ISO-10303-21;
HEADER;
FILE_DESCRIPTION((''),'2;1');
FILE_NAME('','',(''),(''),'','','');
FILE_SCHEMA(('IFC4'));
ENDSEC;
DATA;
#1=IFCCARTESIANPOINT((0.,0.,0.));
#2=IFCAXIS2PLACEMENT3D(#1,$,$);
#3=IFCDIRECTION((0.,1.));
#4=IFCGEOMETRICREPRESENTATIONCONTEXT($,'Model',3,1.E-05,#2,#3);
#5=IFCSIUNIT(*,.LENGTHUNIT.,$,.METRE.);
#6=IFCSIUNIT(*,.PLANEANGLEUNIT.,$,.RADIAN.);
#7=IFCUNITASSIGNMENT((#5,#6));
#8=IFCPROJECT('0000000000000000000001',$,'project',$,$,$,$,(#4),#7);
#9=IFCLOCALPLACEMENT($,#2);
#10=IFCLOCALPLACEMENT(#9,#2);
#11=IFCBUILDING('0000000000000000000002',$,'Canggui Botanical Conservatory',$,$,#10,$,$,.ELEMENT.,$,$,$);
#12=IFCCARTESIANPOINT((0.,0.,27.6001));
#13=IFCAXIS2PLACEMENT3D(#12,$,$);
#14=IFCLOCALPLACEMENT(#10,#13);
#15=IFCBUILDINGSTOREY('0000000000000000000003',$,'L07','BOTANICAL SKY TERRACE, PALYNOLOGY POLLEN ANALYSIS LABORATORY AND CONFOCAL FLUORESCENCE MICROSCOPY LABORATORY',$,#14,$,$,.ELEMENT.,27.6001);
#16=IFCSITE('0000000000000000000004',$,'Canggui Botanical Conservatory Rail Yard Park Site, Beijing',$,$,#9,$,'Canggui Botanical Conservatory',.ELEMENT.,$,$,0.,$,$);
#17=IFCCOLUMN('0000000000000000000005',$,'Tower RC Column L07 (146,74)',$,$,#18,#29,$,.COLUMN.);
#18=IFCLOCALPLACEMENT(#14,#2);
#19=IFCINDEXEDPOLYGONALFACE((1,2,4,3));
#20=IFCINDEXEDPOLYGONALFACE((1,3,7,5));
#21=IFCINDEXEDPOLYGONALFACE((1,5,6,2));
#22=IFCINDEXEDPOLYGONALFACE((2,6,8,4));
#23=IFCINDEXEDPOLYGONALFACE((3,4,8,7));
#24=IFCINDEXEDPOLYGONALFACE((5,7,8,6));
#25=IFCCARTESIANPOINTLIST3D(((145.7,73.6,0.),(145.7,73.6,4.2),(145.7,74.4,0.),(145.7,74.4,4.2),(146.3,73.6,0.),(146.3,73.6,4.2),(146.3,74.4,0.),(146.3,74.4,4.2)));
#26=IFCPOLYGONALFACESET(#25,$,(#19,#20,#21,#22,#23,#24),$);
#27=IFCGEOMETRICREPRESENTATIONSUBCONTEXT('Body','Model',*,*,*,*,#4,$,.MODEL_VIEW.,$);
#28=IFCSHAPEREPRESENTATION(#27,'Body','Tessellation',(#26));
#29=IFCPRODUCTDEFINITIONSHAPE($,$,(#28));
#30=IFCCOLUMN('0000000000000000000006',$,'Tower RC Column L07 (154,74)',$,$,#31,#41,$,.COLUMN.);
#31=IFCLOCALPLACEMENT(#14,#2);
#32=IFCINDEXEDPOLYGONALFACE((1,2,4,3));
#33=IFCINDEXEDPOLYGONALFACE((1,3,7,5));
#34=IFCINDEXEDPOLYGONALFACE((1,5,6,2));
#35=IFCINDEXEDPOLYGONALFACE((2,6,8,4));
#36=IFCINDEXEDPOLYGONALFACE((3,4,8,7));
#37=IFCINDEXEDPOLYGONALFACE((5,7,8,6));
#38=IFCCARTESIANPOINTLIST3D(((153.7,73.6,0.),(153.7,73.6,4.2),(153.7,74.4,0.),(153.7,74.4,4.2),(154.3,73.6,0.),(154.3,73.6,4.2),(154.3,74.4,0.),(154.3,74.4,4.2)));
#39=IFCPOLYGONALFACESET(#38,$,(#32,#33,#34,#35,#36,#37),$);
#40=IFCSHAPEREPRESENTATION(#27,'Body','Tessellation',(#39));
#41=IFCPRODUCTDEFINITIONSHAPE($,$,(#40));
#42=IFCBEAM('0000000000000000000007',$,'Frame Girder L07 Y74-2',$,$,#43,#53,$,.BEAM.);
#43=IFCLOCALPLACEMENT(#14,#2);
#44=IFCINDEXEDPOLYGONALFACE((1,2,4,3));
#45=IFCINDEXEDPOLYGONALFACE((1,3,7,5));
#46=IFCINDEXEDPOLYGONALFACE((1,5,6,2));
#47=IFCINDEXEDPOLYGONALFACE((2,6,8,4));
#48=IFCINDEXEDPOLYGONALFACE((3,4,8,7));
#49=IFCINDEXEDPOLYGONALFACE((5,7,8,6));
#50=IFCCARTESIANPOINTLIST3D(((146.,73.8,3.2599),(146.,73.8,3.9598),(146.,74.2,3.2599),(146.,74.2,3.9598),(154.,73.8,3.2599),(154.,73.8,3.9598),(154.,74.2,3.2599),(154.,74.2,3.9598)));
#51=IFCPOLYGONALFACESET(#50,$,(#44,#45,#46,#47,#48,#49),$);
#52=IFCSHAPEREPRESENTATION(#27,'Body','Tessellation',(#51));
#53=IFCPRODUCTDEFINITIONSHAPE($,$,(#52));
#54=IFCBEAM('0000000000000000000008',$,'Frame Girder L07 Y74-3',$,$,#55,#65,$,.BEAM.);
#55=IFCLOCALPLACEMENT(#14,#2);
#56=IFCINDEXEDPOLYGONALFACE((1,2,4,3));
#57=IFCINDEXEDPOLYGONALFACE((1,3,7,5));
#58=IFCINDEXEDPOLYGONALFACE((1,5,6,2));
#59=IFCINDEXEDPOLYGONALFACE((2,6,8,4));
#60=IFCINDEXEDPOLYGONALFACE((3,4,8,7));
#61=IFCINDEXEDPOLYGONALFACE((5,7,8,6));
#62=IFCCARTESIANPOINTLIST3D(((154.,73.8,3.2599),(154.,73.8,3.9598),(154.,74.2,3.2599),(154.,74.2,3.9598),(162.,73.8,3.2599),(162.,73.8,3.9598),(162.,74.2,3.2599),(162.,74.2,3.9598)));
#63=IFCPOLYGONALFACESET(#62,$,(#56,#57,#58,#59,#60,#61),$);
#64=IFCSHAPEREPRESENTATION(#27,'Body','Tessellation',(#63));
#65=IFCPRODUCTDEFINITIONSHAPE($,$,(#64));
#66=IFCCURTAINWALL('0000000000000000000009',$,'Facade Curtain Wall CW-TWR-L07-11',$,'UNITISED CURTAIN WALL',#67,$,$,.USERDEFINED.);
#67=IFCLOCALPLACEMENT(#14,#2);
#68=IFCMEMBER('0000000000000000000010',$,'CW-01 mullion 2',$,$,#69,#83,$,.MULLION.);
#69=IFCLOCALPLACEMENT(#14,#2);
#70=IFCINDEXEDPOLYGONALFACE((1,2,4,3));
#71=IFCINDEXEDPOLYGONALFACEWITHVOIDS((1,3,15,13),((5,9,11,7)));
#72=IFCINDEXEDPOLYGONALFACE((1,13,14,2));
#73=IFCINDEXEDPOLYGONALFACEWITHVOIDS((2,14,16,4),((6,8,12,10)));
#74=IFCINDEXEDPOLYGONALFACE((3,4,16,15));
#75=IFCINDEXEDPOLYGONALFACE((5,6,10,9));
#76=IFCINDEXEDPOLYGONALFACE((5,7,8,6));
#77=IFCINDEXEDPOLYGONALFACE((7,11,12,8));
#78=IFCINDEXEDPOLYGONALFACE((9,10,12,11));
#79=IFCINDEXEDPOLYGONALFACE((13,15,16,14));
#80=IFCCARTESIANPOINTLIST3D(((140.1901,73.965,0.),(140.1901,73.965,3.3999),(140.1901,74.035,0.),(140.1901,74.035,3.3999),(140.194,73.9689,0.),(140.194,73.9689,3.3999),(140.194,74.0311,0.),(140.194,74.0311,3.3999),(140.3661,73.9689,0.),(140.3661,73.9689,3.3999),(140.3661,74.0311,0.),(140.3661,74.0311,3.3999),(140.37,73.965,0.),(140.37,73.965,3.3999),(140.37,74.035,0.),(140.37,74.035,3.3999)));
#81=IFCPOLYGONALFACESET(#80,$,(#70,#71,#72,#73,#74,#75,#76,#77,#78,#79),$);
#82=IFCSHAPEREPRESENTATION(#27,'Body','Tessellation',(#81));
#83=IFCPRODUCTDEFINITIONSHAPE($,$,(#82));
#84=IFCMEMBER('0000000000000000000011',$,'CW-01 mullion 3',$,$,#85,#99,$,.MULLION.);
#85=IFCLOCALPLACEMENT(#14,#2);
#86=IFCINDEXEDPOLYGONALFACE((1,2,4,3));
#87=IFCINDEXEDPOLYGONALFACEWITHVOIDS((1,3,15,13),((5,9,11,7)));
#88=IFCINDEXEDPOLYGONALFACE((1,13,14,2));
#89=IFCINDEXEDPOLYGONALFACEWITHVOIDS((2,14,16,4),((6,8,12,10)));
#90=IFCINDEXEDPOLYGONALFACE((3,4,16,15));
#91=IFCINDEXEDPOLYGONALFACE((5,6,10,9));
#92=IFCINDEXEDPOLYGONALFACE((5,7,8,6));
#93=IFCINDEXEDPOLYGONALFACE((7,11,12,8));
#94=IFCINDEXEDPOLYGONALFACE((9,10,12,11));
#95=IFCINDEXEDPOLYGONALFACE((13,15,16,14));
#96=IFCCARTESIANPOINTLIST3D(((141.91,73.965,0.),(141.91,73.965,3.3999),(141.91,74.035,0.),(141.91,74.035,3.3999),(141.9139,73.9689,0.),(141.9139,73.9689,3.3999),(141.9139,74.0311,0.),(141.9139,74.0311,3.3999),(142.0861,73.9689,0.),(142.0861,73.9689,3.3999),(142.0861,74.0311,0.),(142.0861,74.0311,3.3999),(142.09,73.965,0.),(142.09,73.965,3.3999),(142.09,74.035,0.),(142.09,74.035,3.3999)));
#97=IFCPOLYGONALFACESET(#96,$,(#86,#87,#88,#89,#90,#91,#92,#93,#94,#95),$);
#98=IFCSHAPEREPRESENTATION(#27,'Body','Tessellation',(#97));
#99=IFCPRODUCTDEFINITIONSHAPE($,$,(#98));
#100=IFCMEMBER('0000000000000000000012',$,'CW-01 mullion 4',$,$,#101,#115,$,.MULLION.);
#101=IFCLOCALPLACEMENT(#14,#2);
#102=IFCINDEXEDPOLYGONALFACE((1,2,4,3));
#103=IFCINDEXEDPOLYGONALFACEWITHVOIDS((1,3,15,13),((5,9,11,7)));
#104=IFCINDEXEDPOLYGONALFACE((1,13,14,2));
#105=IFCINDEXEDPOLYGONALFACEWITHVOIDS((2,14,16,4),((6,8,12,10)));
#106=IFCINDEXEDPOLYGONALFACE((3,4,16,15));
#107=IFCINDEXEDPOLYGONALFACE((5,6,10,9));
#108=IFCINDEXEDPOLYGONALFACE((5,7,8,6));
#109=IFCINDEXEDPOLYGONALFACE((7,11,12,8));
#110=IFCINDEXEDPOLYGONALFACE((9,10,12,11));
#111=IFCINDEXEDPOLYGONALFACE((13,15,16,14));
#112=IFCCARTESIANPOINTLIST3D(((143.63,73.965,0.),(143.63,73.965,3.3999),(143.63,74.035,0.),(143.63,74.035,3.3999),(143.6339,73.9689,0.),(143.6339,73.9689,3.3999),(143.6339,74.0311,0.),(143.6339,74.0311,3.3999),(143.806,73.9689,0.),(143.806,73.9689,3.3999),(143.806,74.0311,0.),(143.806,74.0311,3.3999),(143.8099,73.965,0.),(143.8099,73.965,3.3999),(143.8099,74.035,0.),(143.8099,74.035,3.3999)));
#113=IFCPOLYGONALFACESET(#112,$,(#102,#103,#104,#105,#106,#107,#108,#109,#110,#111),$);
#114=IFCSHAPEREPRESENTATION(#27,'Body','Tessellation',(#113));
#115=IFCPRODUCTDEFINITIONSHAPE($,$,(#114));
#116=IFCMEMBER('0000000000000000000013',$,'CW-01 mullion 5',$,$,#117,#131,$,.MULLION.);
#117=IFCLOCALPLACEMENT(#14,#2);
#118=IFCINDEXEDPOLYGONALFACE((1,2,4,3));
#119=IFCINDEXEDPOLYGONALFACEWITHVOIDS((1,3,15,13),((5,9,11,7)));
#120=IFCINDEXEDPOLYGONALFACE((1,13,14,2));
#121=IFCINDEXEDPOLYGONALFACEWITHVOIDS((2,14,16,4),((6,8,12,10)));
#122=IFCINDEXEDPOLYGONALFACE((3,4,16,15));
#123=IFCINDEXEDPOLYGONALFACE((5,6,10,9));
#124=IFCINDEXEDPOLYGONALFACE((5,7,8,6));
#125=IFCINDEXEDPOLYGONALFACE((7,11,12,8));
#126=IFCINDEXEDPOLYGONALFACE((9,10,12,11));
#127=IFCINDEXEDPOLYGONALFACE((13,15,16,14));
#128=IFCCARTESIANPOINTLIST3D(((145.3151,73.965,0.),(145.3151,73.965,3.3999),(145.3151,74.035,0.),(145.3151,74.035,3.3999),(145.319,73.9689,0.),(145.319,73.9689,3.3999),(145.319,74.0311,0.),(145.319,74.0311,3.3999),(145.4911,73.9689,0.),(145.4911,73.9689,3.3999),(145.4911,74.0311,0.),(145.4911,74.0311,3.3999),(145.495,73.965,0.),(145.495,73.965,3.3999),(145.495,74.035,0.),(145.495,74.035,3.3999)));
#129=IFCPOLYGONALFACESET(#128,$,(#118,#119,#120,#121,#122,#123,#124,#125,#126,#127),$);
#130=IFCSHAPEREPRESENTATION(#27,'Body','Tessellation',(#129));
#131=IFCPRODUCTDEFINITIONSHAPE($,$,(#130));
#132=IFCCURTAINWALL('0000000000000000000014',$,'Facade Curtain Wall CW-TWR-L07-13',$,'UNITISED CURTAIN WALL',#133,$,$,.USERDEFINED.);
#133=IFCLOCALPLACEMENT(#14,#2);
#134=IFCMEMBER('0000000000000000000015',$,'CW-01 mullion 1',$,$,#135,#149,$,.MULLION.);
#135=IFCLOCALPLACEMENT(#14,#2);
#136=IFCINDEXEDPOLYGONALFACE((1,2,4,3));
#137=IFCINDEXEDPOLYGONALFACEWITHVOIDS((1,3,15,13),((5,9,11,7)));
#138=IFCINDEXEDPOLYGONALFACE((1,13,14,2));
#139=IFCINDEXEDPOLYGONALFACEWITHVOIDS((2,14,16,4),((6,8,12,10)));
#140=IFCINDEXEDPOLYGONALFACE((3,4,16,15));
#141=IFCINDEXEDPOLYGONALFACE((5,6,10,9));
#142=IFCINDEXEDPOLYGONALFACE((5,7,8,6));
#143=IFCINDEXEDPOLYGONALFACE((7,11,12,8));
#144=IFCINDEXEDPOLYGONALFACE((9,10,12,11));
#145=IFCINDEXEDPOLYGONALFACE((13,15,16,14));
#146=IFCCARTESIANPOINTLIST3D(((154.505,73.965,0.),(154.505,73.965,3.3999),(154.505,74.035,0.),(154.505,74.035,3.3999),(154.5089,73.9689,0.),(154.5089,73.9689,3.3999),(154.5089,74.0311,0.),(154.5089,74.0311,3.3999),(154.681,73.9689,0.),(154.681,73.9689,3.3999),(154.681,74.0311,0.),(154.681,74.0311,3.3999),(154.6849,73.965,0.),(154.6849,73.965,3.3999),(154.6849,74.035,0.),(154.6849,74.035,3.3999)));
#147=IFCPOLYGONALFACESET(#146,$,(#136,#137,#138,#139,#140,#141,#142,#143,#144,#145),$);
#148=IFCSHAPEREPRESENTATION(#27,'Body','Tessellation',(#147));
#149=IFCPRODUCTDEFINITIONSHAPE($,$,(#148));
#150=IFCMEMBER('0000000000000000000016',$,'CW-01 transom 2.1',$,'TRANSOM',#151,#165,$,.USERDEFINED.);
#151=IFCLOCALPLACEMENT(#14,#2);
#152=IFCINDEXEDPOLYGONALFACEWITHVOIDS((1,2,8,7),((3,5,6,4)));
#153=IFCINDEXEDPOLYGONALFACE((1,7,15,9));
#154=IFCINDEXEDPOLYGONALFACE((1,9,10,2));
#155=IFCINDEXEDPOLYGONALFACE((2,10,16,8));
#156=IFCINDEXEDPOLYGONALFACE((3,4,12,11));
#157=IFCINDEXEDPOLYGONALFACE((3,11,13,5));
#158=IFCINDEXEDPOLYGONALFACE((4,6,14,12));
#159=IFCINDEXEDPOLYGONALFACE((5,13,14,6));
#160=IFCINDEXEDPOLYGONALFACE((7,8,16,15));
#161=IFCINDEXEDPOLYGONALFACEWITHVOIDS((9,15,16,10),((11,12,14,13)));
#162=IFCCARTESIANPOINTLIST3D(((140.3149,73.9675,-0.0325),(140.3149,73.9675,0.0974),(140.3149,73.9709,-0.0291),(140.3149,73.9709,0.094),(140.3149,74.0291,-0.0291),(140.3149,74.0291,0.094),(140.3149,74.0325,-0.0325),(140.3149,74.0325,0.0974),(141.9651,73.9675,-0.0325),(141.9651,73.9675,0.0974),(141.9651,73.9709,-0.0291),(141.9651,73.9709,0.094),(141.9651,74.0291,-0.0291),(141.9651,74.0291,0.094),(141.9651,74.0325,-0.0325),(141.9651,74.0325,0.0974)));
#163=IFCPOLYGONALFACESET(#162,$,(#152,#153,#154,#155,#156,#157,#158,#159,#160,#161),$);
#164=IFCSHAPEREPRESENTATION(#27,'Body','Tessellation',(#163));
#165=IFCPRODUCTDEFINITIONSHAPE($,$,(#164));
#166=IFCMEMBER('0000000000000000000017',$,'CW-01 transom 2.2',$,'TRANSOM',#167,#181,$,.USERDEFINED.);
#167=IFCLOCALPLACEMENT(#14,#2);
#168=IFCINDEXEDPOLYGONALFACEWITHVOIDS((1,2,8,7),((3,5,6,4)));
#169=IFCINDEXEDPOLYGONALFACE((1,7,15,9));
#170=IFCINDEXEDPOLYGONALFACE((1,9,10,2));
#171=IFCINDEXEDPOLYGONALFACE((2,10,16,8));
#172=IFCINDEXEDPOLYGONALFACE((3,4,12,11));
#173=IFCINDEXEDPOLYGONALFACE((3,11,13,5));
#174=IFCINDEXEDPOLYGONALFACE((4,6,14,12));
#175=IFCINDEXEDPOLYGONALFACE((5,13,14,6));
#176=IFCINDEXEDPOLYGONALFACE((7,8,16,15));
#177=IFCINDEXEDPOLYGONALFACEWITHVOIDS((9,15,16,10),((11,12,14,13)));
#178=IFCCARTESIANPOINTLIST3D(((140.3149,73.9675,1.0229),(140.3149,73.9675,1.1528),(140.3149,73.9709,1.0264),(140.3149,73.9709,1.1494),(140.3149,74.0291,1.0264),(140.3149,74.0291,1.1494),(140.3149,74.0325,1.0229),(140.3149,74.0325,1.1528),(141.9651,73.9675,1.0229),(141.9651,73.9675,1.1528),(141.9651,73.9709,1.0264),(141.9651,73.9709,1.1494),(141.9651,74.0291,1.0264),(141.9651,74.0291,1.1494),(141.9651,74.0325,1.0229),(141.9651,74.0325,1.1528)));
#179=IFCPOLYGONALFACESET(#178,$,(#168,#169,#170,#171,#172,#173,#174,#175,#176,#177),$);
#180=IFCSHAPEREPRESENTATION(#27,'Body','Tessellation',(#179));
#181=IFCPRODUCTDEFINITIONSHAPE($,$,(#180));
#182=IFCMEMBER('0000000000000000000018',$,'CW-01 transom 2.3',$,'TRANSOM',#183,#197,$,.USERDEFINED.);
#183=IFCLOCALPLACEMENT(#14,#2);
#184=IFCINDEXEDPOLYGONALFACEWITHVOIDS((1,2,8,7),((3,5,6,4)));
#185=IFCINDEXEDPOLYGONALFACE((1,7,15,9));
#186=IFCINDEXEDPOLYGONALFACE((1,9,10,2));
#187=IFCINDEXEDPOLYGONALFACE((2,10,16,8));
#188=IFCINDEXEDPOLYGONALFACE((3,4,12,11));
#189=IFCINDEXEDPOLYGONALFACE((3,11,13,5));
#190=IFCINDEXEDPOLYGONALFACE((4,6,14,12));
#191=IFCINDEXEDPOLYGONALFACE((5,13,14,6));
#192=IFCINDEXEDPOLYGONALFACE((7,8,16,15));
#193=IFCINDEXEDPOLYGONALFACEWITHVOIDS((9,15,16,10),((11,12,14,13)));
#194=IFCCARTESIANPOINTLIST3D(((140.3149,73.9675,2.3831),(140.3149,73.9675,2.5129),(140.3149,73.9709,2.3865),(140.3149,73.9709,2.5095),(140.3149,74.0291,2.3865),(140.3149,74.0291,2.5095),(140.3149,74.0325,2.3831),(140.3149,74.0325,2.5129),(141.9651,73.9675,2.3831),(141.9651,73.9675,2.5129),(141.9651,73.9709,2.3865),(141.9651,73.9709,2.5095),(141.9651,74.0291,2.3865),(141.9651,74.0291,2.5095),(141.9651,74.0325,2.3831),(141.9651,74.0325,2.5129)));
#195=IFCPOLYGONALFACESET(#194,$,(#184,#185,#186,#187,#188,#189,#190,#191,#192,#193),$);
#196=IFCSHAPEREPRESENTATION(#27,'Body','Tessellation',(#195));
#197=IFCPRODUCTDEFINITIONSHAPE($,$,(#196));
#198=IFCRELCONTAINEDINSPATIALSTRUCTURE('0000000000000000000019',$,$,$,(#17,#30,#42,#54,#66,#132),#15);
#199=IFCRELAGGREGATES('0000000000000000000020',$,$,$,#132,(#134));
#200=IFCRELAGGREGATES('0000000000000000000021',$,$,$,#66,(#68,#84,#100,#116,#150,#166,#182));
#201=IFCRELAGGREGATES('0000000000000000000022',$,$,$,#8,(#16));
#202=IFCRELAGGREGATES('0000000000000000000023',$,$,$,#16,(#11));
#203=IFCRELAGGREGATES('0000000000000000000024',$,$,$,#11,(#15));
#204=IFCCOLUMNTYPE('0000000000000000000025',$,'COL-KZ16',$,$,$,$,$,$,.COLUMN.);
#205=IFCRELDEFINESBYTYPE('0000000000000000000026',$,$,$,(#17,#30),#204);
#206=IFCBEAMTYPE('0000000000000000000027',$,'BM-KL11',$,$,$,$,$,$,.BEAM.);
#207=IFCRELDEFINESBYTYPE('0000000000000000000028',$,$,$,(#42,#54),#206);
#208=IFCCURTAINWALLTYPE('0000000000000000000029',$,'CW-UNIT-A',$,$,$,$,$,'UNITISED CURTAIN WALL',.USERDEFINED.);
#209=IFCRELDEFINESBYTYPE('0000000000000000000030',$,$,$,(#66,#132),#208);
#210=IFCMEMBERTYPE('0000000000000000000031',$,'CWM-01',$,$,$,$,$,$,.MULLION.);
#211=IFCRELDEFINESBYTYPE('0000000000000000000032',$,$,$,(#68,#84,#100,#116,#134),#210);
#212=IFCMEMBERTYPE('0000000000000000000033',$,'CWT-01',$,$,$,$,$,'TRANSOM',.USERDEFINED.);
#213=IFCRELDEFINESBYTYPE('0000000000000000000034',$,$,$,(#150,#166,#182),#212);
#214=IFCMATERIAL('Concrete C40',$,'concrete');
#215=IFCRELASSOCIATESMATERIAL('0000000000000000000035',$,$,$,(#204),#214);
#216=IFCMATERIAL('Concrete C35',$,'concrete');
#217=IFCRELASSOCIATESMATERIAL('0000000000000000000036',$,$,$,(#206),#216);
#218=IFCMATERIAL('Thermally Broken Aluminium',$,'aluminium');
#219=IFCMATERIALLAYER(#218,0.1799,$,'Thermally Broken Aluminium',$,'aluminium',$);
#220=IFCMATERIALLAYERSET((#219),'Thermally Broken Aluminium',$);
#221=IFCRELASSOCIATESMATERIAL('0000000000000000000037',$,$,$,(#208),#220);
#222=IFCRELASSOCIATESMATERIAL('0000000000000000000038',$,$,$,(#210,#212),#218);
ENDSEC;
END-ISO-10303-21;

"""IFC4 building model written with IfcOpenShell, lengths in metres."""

from ifc_helpers import new_model, si_unit, direction, frame, origin, origin_2d, place, context, subcontext, project, spatial, rectangle, hollow_rectangle, extrude, material, layer, layer_set, material_profile, profile_set, type_object, element, aggregate, save


model = new_model("IFC4")

# Units and contexts
model_context = context("Model", 3, precision=1e-05, world=origin(), true_north=direction((0.0, 1.0)))
body_context = subcontext(model_context, "Body", "Model", "MODEL_VIEW")
ifc_project = project(units=[si_unit("LENGTHUNIT", "METRE"), si_unit("PLANEANGLEUNIT", "RADIAN")], contexts=[model_context])

# Site, building, storey
site_placement = place(None, origin())
site = spatial("IfcSite", under=ifc_project, at=site_placement, Name="Canggui Botanical Conservatory Rail Yard Park Site, Beijing", LongName="Canggui Botanical Conservatory", CompositionType="ELEMENT", RefElevation=0.0)
building_placement = place(site_placement, origin())
building = spatial("IfcBuilding", under=site, at=building_placement, Name="Canggui Botanical Conservatory", CompositionType="ELEMENT")
storey_placement = place(building_placement, frame((0.0, 0.0, 27.6001)))
storey = spatial("IfcBuildingStorey", under=building, at=storey_placement, Name="L07", Description="BOTANICAL SKY TERRACE, PALYNOLOGY POLLEN ANALYSIS LABORATORY AND CONFOCAL FLUORESCENCE MICROSCOPY LABORATORY", CompositionType="ELEMENT", Elevation=27.6001)

# Columns
ifc_material_1 = material(Name="Concrete C40", Category="concrete")
ifc_material_profile_1 = material_profile(ifc_material_1, rectangle(XDim=0.6001, YDim=0.8, at=origin_2d()), Name="RC 600x800")
ifc_profile_set_1 = profile_set([ifc_material_profile_1], Name="Concrete C40")
column_type = type_object("IfcColumnType", Name="COL-KZ16", PredefinedType="COLUMN", material=ifc_profile_set_1)
for number, where, z_axis, x_axis, name in (
    (1, (146.0, 74.0, 0.0), (0.0, 0.0, 1.0), (1.0, 0.0, 0.0), "Tower RC Column L07 (146,74)"),
    (2, (154.0, 74.0, 0.0), (0.0, 0.0, 1.0), (1.0, 0.0, 0.0), "Tower RC Column L07 (154,74)"),
):
    element("IfcColumn", number, at=place(storey_placement, frame(where, z_axis=z_axis, x_axis=x_axis)), inside=storey, type_object=column_type, Name=name, PredefinedType="COLUMN", context=body_context, shape_type="SweptSolid", body=[
        extrude(rectangle(XDim=0.6001, YDim=0.8, at=origin_2d()), origin(), (0.0, 0.0, 1.0), 4.2),
    ])

# Beams
ifc_material_2 = material(Name="Concrete C35", Category="concrete")
ifc_material_profile_2 = material_profile(ifc_material_2, rectangle(XDim=0.3999, YDim=0.7, at=origin_2d()), Name="RB 400x700")
ifc_profile_set_2 = profile_set([ifc_material_profile_2], Name="Concrete C35")
beam_type = type_object("IfcBeamType", Name="BM-KL11", PredefinedType="BEAM", material=ifc_profile_set_2)
for number, where, z_axis, x_axis, name in (
    (3, (146.0, 74.0, 3.6099), (1.0, 0.0, 0.0), (0.0, 1.0, 0.0), "Frame Girder L07 Y74-2"),
    (4, (154.0, 74.0, 3.6099), (1.0, 0.0, 0.0), (0.0, 1.0, 0.0), "Frame Girder L07 Y74-3"),
):
    element("IfcBeam", number, at=place(storey_placement, frame(where, z_axis=z_axis, x_axis=x_axis)), inside=storey, type_object=beam_type, Name=name, PredefinedType="BEAM", context=body_context, shape_type="SweptSolid", body=[
        extrude(rectangle(XDim=0.3999, YDim=0.7, at=origin_2d()), origin(), (0.0, 0.0, 1.0), 8.0),
    ])

# Curtain wall, members
ifc_material_3 = material(Name="Thermally Broken Aluminium", Category="aluminium")
ifc_layer_1 = layer(ifc_material_3, 0.1799, Name="Thermally Broken Aluminium", Category="aluminium")
ifc_layer_set_1 = layer_set([ifc_layer_1], Name="Thermally Broken Aluminium")
curtain_wall_type = type_object("IfcCurtainWallType", Name="CW-UNIT-A", ElementType="UNITISED CURTAIN WALL", PredefinedType="USERDEFINED", material=ifc_layer_set_1)
curtain_wall_1_placement = place(storey_placement, origin())
curtain_wall_1 = element("IfcCurtainWall", 5, at=curtain_wall_1_placement, inside=storey, type_object=curtain_wall_type, Name="Facade Curtain Wall CW-TWR-L07-11", ObjectType="UNITISED CURTAIN WALL", PredefinedType="USERDEFINED")
ifc_material_profile_3 = material_profile(ifc_material_3, hollow_rectangle(XDim=0.0701, YDim=0.1799, WallThickness=0.0039, at=origin_2d()), Name="CWM 70x180x4")
ifc_profile_set_3 = profile_set([ifc_material_profile_3], Name="Thermally Broken Aluminium")
member_type_1 = type_object("IfcMemberType", Name="CWM-01", PredefinedType="MULLION", material=ifc_profile_set_3)
member_1_placement = place(storey_placement, frame((140.28, 74.0, 0.0), z_axis=(0.0, 0.0, 1.0), x_axis=(0.0, 1.0, 0.0)))
member_1 = element("IfcMember", 6, at=member_1_placement, type_object=member_type_1, Name="CW-01 mullion 2", PredefinedType="MULLION", context=body_context, shape_type="SweptSolid", body=[
    extrude(hollow_rectangle(XDim=0.0701, YDim=0.1799, WallThickness=0.0039, at=origin_2d()), origin(), (0.0, 0.0, 1.0), 3.3999),
])
member_2_placement = place(storey_placement, frame((142.0, 74.0, 0.0), z_axis=(0.0, 0.0, 1.0), x_axis=(0.0, 1.0, 0.0)))
member_2 = element("IfcMember", 7, at=member_2_placement, type_object=member_type_1, Name="CW-01 mullion 3", PredefinedType="MULLION", context=body_context, shape_type="SweptSolid", body=[
    extrude(hollow_rectangle(XDim=0.0701, YDim=0.1799, WallThickness=0.0039, at=origin_2d()), origin(), (0.0, 0.0, 1.0), 3.3999),
])
member_3_placement = place(storey_placement, frame((143.72, 74.0, 0.0), z_axis=(0.0, 0.0, 1.0), x_axis=(0.0, 1.0, 0.0)))
member_3 = element("IfcMember", 8, at=member_3_placement, type_object=member_type_1, Name="CW-01 mullion 4", PredefinedType="MULLION", context=body_context, shape_type="SweptSolid", body=[
    extrude(hollow_rectangle(XDim=0.0701, YDim=0.1799, WallThickness=0.0039, at=origin_2d()), origin(), (0.0, 0.0, 1.0), 3.3999),
])
member_4_placement = place(storey_placement, frame((145.405, 74.0, 0.0), z_axis=(0.0, 0.0, 1.0), x_axis=(0.0, 1.0, 0.0)))
member_4 = element("IfcMember", 9, at=member_4_placement, type_object=member_type_1, Name="CW-01 mullion 5", PredefinedType="MULLION", context=body_context, shape_type="SweptSolid", body=[
    extrude(hollow_rectangle(XDim=0.0701, YDim=0.1799, WallThickness=0.0039, at=origin_2d()), origin(), (0.0, 0.0, 1.0), 3.3999),
])

# Curtain wall, member
curtain_wall_2_placement = place(storey_placement, origin())
curtain_wall_2 = element("IfcCurtainWall", 10, at=curtain_wall_2_placement, inside=storey, type_object=curtain_wall_type, Name="Facade Curtain Wall CW-TWR-L07-13", ObjectType="UNITISED CURTAIN WALL", PredefinedType="USERDEFINED")
member_5_placement = place(storey_placement, frame((154.595, 74.0, 0.0), z_axis=(0.0, 0.0, 1.0), x_axis=(0.0, 1.0, 0.0)))
member_5 = element("IfcMember", 11, at=member_5_placement, type_object=member_type_1, Name="CW-01 mullion 1", PredefinedType="MULLION", context=body_context, shape_type="SweptSolid", body=[
    extrude(hollow_rectangle(XDim=0.0701, YDim=0.1799, WallThickness=0.0039, at=origin_2d()), origin(), (0.0, 0.0, 1.0), 3.3999),
])
aggregate(curtain_wall_2, [member_5])

# Members
ifc_material_profile_4 = material_profile(ifc_material_3, hollow_rectangle(XDim=0.0649, YDim=0.1299, WallThickness=0.0034, at=origin_2d()), Name="CWT 65x130x3.5")
ifc_profile_set_4 = profile_set([ifc_material_profile_4], Name="Thermally Broken Aluminium")
member_type_2 = type_object("IfcMemberType", Name="CWT-01", ElementType="TRANSOM", PredefinedType="USERDEFINED", material=ifc_profile_set_4)
member_6_placement = place(storey_placement, frame((140.3149, 74.0, 0.0325), z_axis=(1.0, 0.0, 0.0), x_axis=(0.0, 1.0, 0.0)))
member_6 = element("IfcMember", 12, at=member_6_placement, type_object=member_type_2, Name="CW-01 transom 2.1", ObjectType="TRANSOM", PredefinedType="USERDEFINED", context=body_context, shape_type="SweptSolid", body=[
    extrude(hollow_rectangle(XDim=0.0649, YDim=0.1299, WallThickness=0.0034, at=origin_2d()), origin(), (0.0, 0.0, 1.0), 1.6501),
])
member_7_placement = place(storey_placement, frame((140.3149, 74.0, 1.0879), z_axis=(1.0, 0.0, 0.0), x_axis=(0.0, 1.0, 0.0)))
member_7 = element("IfcMember", 13, at=member_7_placement, type_object=member_type_2, Name="CW-01 transom 2.2", ObjectType="TRANSOM", PredefinedType="USERDEFINED", context=body_context, shape_type="SweptSolid", body=[
    extrude(hollow_rectangle(XDim=0.0649, YDim=0.1299, WallThickness=0.0034, at=origin_2d()), origin(), (0.0, 0.0, 1.0), 1.6501),
])
member_8_placement = place(storey_placement, frame((140.3149, 74.0, 2.448), z_axis=(1.0, 0.0, 0.0), x_axis=(0.0, 1.0, 0.0)))
member_8 = element("IfcMember", 14, at=member_8_placement, type_object=member_type_2, Name="CW-01 transom 2.3", ObjectType="TRANSOM", PredefinedType="USERDEFINED", context=body_context, shape_type="SweptSolid", body=[
    extrude(hollow_rectangle(XDim=0.0649, YDim=0.1299, WallThickness=0.0034, at=origin_2d()), origin(), (0.0, 0.0, 1.0), 1.6501),
])

aggregate(curtain_wall_1, [member_1, member_2, member_3, member_4, member_6, member_7, member_8])

save(model, "model.ifc")
